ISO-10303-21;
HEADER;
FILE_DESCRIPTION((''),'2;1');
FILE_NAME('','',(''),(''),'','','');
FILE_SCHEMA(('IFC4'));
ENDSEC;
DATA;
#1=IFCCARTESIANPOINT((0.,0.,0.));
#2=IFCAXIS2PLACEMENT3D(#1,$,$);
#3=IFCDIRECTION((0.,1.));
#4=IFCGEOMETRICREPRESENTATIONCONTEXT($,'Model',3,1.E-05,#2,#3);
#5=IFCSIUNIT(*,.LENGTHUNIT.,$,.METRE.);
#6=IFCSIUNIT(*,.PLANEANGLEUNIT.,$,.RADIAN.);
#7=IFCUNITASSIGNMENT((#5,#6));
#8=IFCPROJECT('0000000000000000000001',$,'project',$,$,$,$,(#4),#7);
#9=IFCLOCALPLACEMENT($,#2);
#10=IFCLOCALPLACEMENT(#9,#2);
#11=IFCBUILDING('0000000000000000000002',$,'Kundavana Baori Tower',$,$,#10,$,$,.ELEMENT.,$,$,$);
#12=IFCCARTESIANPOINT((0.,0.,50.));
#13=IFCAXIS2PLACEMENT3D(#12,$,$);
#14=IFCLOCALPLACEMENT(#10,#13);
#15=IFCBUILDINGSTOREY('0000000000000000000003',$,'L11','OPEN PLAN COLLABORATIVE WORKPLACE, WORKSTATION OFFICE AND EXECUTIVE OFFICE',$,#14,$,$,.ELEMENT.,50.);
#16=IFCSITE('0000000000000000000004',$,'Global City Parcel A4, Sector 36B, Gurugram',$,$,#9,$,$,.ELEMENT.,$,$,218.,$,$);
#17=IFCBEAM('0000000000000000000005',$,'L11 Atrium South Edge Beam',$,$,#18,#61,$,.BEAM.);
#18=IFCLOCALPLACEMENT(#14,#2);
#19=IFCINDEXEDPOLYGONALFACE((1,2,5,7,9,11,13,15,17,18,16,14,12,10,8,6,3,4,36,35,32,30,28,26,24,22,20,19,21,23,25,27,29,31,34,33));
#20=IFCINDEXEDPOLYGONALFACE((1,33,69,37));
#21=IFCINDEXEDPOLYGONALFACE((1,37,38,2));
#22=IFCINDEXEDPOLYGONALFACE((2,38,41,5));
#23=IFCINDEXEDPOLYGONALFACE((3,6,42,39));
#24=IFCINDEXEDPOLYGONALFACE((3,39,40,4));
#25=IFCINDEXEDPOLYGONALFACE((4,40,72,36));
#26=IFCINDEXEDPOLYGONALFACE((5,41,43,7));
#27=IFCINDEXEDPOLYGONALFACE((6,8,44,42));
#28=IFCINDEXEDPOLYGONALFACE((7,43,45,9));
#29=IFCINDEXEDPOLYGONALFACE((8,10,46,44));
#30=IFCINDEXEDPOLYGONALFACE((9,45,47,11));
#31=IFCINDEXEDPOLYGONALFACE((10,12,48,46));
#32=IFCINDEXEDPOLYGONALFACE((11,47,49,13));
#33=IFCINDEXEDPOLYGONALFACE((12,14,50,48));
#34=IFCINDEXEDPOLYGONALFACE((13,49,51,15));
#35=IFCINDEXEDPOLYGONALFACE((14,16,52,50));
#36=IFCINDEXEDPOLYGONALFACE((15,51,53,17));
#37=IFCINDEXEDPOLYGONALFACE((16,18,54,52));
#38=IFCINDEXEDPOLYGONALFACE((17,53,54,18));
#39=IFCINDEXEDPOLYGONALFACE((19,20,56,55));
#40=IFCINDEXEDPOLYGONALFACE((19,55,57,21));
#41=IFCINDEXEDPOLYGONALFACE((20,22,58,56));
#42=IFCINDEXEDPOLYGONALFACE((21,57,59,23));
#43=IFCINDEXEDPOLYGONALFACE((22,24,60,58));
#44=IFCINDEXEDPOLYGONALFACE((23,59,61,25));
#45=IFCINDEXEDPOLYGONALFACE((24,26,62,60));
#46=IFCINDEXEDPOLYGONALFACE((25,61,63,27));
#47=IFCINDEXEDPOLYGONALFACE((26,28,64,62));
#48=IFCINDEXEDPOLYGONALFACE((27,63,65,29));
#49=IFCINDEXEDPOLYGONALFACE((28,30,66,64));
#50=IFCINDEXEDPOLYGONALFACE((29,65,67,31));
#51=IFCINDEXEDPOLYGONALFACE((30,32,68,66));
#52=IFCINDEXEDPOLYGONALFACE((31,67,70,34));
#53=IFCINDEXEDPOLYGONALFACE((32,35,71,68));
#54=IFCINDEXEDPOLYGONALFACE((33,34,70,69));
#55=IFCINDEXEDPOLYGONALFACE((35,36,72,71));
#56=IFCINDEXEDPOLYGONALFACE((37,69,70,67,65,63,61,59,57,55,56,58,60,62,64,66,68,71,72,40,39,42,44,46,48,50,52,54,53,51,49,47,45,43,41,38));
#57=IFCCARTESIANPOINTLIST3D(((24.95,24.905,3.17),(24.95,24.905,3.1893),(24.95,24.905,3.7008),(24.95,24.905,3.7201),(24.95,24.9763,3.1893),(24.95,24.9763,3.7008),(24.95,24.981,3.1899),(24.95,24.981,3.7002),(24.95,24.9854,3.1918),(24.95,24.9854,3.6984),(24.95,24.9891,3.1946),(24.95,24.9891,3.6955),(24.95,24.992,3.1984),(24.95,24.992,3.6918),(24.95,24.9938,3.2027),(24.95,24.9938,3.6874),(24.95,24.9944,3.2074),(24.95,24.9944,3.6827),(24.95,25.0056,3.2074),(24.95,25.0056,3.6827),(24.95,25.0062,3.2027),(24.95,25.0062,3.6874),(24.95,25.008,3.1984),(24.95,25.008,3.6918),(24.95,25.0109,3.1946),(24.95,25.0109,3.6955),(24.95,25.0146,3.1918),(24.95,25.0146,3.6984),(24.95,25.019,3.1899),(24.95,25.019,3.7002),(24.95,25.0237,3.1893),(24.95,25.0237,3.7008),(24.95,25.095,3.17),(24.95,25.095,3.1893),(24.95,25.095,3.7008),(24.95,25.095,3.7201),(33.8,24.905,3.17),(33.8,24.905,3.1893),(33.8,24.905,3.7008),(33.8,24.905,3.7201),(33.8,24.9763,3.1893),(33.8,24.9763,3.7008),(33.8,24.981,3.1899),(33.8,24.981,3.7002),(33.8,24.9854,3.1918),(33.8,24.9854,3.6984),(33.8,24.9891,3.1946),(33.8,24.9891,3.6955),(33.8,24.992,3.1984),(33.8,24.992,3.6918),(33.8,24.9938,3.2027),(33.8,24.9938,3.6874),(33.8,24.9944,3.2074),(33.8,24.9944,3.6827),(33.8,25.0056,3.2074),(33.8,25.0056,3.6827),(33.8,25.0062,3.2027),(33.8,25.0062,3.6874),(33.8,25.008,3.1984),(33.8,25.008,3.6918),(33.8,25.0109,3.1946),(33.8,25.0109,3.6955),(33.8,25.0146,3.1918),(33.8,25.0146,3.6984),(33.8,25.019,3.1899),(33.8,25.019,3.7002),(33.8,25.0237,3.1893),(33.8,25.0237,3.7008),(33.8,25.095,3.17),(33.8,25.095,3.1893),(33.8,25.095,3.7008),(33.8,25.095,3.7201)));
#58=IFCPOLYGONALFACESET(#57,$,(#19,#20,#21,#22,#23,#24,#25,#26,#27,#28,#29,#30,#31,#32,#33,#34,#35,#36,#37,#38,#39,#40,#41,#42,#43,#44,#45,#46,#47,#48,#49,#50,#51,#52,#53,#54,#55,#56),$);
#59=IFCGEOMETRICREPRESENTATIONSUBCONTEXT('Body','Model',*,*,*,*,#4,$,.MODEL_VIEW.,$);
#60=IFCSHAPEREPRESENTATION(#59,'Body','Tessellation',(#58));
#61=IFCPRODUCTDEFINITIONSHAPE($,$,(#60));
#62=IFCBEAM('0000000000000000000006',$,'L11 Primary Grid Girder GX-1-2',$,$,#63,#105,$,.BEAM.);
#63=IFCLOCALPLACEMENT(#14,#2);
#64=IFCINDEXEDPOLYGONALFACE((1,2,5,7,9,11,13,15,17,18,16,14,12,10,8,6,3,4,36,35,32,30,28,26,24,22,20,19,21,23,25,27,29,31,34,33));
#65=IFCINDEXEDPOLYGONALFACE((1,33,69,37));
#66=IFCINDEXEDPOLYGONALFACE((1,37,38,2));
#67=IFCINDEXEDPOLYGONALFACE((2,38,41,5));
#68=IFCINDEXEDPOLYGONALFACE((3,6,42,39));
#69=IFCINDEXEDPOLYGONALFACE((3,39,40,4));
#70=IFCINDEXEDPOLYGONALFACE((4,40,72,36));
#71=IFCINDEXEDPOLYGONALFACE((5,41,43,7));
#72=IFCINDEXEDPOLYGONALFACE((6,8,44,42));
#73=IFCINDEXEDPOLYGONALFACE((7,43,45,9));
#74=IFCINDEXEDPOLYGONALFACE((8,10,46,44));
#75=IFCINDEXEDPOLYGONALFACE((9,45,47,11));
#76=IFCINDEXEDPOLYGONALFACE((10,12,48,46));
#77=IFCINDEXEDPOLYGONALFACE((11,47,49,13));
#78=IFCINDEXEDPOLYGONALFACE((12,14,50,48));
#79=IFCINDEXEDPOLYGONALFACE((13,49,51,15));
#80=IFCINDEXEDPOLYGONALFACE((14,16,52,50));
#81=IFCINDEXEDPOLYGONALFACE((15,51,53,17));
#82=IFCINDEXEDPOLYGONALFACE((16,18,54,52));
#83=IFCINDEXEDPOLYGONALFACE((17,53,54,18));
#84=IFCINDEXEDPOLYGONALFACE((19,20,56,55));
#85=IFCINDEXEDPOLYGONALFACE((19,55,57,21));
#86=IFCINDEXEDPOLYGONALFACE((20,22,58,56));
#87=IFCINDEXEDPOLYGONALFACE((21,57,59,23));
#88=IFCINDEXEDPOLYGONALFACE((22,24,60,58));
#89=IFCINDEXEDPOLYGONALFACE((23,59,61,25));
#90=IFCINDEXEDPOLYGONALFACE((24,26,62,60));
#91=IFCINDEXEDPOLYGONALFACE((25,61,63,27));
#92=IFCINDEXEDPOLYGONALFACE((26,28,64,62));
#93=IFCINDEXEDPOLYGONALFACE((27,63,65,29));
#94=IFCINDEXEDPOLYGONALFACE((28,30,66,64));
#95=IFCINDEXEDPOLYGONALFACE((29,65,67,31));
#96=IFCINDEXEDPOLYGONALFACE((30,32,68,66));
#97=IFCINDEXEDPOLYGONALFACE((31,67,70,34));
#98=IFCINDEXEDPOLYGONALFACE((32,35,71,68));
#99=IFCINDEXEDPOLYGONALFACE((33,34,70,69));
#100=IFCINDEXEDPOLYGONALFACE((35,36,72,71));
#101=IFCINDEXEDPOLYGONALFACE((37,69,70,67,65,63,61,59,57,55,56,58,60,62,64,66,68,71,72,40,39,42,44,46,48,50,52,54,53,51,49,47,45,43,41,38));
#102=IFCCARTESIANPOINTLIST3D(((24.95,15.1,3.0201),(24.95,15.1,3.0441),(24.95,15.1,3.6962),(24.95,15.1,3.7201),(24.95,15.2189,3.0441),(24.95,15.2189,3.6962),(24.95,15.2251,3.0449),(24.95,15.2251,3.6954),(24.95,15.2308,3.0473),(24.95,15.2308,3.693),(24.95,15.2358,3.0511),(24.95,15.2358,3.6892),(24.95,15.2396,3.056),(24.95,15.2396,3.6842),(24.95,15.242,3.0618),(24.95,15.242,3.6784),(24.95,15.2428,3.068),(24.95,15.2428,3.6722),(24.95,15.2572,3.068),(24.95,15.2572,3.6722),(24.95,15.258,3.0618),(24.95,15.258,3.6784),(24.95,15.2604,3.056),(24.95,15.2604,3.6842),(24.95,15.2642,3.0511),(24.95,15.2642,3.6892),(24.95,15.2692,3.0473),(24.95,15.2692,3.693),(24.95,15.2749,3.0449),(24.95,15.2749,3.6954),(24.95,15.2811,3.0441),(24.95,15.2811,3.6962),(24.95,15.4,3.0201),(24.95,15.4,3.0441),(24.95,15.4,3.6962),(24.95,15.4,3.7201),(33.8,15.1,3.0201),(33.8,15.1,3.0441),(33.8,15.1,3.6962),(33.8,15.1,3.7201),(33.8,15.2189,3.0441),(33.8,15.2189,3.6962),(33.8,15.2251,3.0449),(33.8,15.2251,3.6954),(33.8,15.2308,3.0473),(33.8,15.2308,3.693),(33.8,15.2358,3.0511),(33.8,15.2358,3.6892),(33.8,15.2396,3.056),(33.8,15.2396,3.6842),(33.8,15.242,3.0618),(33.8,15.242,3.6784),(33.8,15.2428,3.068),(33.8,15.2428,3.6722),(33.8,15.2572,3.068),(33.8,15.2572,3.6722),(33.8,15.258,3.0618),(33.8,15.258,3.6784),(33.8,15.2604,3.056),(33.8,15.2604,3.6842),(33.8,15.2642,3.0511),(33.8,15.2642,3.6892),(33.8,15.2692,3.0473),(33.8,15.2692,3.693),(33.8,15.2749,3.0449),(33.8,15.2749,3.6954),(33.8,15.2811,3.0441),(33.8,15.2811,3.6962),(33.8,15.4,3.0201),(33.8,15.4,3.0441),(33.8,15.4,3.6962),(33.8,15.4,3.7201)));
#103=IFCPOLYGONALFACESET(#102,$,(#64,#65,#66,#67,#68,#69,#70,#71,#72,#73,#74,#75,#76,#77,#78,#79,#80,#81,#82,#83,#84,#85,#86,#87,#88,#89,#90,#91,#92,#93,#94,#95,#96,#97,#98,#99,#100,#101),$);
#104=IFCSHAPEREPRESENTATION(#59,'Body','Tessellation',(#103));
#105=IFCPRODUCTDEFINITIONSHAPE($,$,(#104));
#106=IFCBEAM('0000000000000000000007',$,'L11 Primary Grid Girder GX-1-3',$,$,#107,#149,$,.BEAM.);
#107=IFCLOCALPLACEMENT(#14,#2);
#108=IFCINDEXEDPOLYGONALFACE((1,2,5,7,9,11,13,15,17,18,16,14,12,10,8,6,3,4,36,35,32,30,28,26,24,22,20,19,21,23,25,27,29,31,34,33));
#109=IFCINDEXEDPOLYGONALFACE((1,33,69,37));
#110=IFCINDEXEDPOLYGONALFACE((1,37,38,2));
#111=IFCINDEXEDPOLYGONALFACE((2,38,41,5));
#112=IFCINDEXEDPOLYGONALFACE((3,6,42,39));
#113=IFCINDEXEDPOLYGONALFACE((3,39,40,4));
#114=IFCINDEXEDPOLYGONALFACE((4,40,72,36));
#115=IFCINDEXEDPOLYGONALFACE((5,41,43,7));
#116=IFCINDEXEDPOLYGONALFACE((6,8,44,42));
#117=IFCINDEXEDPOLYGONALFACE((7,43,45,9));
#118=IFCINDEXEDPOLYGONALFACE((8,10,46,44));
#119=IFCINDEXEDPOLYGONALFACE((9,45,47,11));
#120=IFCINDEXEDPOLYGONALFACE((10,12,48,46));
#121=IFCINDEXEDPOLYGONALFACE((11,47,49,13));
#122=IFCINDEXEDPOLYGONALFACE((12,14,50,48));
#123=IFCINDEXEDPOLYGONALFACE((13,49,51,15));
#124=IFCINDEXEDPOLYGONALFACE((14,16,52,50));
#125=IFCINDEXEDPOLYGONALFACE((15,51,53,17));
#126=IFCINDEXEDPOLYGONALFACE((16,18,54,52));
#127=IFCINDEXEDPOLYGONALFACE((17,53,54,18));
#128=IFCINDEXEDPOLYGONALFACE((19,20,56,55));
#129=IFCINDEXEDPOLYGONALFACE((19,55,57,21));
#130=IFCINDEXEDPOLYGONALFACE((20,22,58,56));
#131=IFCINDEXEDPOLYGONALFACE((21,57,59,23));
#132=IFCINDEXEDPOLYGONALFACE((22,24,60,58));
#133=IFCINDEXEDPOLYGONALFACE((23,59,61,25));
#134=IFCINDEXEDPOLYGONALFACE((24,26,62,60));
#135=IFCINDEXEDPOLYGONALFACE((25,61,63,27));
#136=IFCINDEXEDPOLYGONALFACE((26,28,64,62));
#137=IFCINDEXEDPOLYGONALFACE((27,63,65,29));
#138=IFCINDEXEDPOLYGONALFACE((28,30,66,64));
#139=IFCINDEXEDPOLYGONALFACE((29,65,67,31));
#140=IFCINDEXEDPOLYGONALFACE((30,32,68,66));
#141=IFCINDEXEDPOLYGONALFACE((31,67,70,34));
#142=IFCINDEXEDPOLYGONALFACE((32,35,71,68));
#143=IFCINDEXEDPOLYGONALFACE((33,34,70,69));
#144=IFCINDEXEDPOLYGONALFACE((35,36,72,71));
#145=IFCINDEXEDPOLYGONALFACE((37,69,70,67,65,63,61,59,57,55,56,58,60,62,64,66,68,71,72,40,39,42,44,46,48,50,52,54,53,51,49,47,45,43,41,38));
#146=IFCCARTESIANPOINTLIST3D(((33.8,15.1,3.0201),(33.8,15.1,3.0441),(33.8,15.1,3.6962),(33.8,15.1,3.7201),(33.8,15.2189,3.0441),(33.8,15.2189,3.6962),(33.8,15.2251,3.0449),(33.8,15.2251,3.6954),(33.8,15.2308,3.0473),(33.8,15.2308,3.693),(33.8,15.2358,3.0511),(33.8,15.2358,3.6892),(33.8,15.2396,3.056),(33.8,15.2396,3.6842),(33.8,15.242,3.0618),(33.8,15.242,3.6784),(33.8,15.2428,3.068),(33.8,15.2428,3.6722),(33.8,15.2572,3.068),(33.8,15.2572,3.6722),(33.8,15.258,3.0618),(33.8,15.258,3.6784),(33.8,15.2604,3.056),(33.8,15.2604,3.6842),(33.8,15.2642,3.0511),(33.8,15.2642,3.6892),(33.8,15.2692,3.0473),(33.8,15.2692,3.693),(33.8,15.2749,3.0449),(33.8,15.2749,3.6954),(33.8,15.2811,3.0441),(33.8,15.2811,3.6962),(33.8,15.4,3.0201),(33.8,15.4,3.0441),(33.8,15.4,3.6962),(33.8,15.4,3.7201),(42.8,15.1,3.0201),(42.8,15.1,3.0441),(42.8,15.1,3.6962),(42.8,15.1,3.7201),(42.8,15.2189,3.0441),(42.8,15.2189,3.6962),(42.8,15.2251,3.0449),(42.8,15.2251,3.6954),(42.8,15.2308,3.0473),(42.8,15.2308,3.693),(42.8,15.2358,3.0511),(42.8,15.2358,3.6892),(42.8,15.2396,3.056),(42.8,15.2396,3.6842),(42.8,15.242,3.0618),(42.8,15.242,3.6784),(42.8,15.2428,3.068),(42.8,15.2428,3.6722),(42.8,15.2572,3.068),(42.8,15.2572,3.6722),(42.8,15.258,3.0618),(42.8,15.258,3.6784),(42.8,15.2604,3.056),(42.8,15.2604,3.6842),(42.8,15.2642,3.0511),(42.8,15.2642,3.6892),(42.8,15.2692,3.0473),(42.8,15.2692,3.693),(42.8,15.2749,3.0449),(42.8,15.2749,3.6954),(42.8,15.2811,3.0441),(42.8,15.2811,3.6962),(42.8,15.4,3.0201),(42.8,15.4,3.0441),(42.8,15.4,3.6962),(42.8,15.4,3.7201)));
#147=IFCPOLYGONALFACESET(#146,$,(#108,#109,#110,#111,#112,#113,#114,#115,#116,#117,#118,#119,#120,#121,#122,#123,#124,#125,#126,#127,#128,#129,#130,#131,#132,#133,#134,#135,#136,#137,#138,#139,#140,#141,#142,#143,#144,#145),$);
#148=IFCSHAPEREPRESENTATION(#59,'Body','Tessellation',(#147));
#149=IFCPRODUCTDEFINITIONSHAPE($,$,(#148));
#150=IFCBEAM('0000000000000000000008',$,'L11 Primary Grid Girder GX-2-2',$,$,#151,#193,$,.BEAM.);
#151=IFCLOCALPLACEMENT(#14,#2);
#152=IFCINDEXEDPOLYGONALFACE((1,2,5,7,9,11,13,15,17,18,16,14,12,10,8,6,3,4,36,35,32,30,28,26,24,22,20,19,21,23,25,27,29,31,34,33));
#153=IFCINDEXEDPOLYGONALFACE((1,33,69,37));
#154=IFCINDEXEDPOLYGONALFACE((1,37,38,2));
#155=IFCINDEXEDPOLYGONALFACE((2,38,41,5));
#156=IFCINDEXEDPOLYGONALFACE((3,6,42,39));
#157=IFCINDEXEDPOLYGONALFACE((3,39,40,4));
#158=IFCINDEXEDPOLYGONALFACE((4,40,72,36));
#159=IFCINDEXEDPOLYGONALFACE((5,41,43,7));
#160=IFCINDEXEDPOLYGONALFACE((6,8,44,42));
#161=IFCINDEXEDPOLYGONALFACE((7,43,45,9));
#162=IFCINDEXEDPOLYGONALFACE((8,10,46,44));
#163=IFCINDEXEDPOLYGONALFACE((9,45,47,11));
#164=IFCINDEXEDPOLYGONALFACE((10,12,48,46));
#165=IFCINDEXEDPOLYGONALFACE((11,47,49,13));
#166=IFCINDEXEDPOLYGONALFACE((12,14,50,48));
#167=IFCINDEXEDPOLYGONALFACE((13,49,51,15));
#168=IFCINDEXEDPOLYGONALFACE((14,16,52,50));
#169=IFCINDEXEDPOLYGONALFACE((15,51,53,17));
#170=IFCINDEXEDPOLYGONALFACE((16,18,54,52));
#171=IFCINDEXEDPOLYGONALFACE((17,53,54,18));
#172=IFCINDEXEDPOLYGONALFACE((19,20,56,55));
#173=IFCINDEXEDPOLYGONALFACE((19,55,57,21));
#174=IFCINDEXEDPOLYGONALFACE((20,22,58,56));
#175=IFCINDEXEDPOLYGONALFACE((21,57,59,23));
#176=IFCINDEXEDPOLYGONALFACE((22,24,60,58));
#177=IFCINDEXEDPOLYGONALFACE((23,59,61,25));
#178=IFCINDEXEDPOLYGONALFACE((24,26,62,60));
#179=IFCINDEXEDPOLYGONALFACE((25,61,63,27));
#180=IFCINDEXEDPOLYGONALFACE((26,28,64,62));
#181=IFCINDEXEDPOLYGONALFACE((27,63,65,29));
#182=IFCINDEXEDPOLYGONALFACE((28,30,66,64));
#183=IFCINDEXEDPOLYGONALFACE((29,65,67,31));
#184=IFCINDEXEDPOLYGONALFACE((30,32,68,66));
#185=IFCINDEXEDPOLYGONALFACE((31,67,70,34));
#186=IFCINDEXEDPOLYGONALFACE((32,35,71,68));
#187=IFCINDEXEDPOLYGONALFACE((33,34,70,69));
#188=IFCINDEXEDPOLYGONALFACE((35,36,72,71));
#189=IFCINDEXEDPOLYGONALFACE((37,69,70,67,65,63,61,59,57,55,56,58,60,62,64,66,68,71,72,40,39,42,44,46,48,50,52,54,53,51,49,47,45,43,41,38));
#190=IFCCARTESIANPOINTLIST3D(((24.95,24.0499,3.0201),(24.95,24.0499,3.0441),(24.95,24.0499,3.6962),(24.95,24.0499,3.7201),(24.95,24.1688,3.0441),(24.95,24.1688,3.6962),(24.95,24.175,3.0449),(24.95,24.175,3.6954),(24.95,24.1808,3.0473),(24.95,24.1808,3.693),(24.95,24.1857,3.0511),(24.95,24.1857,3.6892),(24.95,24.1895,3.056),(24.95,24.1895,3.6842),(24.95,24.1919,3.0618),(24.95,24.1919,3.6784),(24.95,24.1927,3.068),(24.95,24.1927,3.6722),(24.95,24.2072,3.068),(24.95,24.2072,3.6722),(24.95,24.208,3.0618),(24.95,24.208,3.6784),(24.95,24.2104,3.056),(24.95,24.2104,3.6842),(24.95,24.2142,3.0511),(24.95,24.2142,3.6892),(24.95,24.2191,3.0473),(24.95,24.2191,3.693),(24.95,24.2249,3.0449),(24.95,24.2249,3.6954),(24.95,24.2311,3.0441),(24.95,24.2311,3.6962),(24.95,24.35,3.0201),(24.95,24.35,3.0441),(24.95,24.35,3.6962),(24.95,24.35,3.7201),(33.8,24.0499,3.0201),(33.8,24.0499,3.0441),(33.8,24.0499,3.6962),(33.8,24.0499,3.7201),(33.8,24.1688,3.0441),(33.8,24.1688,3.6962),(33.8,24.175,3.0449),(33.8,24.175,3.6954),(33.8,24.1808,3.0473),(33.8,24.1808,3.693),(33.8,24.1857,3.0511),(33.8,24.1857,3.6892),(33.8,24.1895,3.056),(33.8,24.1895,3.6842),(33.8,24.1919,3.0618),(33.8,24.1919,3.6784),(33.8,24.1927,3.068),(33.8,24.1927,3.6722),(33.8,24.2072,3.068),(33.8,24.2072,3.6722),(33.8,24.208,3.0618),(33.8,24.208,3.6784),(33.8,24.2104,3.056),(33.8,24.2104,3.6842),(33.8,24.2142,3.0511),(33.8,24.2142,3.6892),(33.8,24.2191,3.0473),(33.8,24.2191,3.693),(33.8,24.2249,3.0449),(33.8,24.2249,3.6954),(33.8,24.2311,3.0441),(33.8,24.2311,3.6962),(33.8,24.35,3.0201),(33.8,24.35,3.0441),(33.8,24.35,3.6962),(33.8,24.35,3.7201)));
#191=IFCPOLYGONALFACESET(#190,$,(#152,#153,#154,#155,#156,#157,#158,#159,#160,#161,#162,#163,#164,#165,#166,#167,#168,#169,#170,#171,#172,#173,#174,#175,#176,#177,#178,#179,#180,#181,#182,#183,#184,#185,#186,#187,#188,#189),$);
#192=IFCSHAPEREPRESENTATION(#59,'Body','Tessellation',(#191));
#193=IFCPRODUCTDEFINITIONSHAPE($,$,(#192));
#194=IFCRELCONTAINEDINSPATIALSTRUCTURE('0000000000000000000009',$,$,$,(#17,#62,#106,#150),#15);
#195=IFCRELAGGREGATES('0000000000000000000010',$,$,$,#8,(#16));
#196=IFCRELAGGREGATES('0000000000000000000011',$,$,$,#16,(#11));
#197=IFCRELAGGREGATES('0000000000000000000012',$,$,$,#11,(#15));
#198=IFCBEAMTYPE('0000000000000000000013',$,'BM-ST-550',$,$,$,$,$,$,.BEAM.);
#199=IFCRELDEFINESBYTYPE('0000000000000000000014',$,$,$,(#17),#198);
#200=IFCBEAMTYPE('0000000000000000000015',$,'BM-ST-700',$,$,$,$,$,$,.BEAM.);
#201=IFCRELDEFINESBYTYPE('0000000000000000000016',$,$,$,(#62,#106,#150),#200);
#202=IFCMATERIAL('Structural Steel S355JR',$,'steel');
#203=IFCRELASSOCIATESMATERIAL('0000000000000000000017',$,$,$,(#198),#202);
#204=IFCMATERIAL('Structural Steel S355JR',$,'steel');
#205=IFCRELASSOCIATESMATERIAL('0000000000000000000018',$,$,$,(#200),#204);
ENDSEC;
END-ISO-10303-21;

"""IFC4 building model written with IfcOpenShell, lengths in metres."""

from ifc_helpers import new_model, si_unit, direction, frame, origin, origin_2d, place, context, subcontext, project, spatial, i_section, extrude, material, material_profile, profile_set, type_object, element, save


model = new_model("IFC4")

# Units and contexts
model_context = context("Model", 3, precision=1e-05, world=origin(), true_north=direction((0.0, 1.0)))
body_context = subcontext(model_context, "Body", "Model", "MODEL_VIEW")
ifc_project = project(units=[si_unit("LENGTHUNIT", "METRE"), si_unit("PLANEANGLEUNIT", "RADIAN")], contexts=[model_context])

# Site, building, storey
site_placement = place(None, origin())
site = spatial("IfcSite", under=ifc_project, at=site_placement, Name="Global City Parcel A4, Sector 36B, Gurugram", CompositionType="ELEMENT", RefElevation=218.0)
building_placement = place(site_placement, origin())
building = spatial("IfcBuilding", under=site, at=building_placement, Name="Kundavana Baori Tower", CompositionType="ELEMENT")
storey_placement = place(building_placement, frame((0.0, 0.0, 50.0)))
storey = spatial("IfcBuildingStorey", under=building, at=storey_placement, Name="L11", Description="OPEN PLAN COLLABORATIVE WORKPLACE, WORKSTATION OFFICE AND EXECUTIVE OFFICE", CompositionType="ELEMENT", Elevation=50.0)

# Beams
ifc_material_1 = material(Name="Structural Steel S355JR", Category="steel")
ifc_material_profile_1 = material_profile(ifc_material_1, i_section(OverallWidth=0.1899, OverallDepth=0.55, WebThickness=0.0112, FlangeThickness=0.0193, FilletRadius=0.0181, at=origin_2d()), Name="ISMB 550")
ifc_profile_set_1 = profile_set([ifc_material_profile_1], Name="Structural Steel S355JR")
beam_type_1 = type_object("IfcBeamType", Name="BM-ST-550", PredefinedType="BEAM", material=ifc_profile_set_1)
beam_1_placement = place(storey_placement, frame((24.95, 25.0, 3.4451), z_axis=(1.0, 0.0, 0.0), x_axis=(0.0, 1.0, 0.0)))
element("IfcBeam", 1, at=beam_1_placement, inside=storey, type_object=beam_type_1, Name="L11 Atrium South Edge Beam", PredefinedType="BEAM", context=body_context, shape_type="SweptSolid", body=[
    extrude(i_section(OverallWidth=0.1899, OverallDepth=0.55, WebThickness=0.0112, FlangeThickness=0.0193, FilletRadius=0.0181, at=origin_2d()), origin(), (0.0, 0.0, 1.0), 8.8501),
])
ifc_material_2 = material(Name="Structural Steel S355JR", Category="steel")
ifc_material_profile_2 = material_profile(ifc_material_2, i_section(OverallWidth=0.3, OverallDepth=0.7, WebThickness=0.0144, FlangeThickness=0.0239, FilletRadius=0.0239, at=origin_2d()), Name="NPB 700x300x170")
ifc_profile_set_2 = profile_set([ifc_material_profile_2], Name="Structural Steel S355JR")
beam_type_2 = type_object("IfcBeamType", Name="BM-ST-700", PredefinedType="BEAM", material=ifc_profile_set_2)
beam_2_placement = place(storey_placement, frame((24.95, 15.25, 3.3701), z_axis=(1.0, 0.0, 0.0), x_axis=(0.0, 1.0, 0.0)))
element("IfcBeam", 2, at=beam_2_placement, inside=storey, type_object=beam_type_2, Name="L11 Primary Grid Girder GX-1-2", PredefinedType="BEAM", context=body_context, shape_type="SweptSolid", body=[
    extrude(i_section(OverallWidth=0.3, OverallDepth=0.7, WebThickness=0.0144, FlangeThickness=0.0239, FilletRadius=0.0239, at=origin_2d()), origin(), (0.0, 0.0, 1.0), 8.8501),
])
beam_3_placement = place(storey_placement, frame((33.8, 15.25, 3.3701), z_axis=(1.0, 0.0, 0.0), x_axis=(0.0, 1.0, 0.0)))
element("IfcBeam", 3, at=beam_3_placement, inside=storey, type_object=beam_type_2, Name="L11 Primary Grid Girder GX-1-3", PredefinedType="BEAM", context=body_context, shape_type="SweptSolid", body=[
    extrude(i_section(OverallWidth=0.3, OverallDepth=0.7, WebThickness=0.0144, FlangeThickness=0.0239, FilletRadius=0.0239, at=origin_2d()), origin(), (0.0, 0.0, 1.0), 9.0),
])
beam_4_placement = place(storey_placement, frame((24.95, 24.2, 3.3701), z_axis=(1.0, 0.0, 0.0), x_axis=(0.0, 1.0, 0.0)))
element("IfcBeam", 4, at=beam_4_placement, inside=storey, type_object=beam_type_2, Name="L11 Primary Grid Girder GX-2-2", PredefinedType="BEAM", context=body_context, shape_type="SweptSolid", body=[
    extrude(i_section(OverallWidth=0.3, OverallDepth=0.7, WebThickness=0.0144, FlangeThickness=0.0239, FilletRadius=0.0239, at=origin_2d()), origin(), (0.0, 0.0, 1.0), 8.8501),
])

save(model, "model.ifc")
